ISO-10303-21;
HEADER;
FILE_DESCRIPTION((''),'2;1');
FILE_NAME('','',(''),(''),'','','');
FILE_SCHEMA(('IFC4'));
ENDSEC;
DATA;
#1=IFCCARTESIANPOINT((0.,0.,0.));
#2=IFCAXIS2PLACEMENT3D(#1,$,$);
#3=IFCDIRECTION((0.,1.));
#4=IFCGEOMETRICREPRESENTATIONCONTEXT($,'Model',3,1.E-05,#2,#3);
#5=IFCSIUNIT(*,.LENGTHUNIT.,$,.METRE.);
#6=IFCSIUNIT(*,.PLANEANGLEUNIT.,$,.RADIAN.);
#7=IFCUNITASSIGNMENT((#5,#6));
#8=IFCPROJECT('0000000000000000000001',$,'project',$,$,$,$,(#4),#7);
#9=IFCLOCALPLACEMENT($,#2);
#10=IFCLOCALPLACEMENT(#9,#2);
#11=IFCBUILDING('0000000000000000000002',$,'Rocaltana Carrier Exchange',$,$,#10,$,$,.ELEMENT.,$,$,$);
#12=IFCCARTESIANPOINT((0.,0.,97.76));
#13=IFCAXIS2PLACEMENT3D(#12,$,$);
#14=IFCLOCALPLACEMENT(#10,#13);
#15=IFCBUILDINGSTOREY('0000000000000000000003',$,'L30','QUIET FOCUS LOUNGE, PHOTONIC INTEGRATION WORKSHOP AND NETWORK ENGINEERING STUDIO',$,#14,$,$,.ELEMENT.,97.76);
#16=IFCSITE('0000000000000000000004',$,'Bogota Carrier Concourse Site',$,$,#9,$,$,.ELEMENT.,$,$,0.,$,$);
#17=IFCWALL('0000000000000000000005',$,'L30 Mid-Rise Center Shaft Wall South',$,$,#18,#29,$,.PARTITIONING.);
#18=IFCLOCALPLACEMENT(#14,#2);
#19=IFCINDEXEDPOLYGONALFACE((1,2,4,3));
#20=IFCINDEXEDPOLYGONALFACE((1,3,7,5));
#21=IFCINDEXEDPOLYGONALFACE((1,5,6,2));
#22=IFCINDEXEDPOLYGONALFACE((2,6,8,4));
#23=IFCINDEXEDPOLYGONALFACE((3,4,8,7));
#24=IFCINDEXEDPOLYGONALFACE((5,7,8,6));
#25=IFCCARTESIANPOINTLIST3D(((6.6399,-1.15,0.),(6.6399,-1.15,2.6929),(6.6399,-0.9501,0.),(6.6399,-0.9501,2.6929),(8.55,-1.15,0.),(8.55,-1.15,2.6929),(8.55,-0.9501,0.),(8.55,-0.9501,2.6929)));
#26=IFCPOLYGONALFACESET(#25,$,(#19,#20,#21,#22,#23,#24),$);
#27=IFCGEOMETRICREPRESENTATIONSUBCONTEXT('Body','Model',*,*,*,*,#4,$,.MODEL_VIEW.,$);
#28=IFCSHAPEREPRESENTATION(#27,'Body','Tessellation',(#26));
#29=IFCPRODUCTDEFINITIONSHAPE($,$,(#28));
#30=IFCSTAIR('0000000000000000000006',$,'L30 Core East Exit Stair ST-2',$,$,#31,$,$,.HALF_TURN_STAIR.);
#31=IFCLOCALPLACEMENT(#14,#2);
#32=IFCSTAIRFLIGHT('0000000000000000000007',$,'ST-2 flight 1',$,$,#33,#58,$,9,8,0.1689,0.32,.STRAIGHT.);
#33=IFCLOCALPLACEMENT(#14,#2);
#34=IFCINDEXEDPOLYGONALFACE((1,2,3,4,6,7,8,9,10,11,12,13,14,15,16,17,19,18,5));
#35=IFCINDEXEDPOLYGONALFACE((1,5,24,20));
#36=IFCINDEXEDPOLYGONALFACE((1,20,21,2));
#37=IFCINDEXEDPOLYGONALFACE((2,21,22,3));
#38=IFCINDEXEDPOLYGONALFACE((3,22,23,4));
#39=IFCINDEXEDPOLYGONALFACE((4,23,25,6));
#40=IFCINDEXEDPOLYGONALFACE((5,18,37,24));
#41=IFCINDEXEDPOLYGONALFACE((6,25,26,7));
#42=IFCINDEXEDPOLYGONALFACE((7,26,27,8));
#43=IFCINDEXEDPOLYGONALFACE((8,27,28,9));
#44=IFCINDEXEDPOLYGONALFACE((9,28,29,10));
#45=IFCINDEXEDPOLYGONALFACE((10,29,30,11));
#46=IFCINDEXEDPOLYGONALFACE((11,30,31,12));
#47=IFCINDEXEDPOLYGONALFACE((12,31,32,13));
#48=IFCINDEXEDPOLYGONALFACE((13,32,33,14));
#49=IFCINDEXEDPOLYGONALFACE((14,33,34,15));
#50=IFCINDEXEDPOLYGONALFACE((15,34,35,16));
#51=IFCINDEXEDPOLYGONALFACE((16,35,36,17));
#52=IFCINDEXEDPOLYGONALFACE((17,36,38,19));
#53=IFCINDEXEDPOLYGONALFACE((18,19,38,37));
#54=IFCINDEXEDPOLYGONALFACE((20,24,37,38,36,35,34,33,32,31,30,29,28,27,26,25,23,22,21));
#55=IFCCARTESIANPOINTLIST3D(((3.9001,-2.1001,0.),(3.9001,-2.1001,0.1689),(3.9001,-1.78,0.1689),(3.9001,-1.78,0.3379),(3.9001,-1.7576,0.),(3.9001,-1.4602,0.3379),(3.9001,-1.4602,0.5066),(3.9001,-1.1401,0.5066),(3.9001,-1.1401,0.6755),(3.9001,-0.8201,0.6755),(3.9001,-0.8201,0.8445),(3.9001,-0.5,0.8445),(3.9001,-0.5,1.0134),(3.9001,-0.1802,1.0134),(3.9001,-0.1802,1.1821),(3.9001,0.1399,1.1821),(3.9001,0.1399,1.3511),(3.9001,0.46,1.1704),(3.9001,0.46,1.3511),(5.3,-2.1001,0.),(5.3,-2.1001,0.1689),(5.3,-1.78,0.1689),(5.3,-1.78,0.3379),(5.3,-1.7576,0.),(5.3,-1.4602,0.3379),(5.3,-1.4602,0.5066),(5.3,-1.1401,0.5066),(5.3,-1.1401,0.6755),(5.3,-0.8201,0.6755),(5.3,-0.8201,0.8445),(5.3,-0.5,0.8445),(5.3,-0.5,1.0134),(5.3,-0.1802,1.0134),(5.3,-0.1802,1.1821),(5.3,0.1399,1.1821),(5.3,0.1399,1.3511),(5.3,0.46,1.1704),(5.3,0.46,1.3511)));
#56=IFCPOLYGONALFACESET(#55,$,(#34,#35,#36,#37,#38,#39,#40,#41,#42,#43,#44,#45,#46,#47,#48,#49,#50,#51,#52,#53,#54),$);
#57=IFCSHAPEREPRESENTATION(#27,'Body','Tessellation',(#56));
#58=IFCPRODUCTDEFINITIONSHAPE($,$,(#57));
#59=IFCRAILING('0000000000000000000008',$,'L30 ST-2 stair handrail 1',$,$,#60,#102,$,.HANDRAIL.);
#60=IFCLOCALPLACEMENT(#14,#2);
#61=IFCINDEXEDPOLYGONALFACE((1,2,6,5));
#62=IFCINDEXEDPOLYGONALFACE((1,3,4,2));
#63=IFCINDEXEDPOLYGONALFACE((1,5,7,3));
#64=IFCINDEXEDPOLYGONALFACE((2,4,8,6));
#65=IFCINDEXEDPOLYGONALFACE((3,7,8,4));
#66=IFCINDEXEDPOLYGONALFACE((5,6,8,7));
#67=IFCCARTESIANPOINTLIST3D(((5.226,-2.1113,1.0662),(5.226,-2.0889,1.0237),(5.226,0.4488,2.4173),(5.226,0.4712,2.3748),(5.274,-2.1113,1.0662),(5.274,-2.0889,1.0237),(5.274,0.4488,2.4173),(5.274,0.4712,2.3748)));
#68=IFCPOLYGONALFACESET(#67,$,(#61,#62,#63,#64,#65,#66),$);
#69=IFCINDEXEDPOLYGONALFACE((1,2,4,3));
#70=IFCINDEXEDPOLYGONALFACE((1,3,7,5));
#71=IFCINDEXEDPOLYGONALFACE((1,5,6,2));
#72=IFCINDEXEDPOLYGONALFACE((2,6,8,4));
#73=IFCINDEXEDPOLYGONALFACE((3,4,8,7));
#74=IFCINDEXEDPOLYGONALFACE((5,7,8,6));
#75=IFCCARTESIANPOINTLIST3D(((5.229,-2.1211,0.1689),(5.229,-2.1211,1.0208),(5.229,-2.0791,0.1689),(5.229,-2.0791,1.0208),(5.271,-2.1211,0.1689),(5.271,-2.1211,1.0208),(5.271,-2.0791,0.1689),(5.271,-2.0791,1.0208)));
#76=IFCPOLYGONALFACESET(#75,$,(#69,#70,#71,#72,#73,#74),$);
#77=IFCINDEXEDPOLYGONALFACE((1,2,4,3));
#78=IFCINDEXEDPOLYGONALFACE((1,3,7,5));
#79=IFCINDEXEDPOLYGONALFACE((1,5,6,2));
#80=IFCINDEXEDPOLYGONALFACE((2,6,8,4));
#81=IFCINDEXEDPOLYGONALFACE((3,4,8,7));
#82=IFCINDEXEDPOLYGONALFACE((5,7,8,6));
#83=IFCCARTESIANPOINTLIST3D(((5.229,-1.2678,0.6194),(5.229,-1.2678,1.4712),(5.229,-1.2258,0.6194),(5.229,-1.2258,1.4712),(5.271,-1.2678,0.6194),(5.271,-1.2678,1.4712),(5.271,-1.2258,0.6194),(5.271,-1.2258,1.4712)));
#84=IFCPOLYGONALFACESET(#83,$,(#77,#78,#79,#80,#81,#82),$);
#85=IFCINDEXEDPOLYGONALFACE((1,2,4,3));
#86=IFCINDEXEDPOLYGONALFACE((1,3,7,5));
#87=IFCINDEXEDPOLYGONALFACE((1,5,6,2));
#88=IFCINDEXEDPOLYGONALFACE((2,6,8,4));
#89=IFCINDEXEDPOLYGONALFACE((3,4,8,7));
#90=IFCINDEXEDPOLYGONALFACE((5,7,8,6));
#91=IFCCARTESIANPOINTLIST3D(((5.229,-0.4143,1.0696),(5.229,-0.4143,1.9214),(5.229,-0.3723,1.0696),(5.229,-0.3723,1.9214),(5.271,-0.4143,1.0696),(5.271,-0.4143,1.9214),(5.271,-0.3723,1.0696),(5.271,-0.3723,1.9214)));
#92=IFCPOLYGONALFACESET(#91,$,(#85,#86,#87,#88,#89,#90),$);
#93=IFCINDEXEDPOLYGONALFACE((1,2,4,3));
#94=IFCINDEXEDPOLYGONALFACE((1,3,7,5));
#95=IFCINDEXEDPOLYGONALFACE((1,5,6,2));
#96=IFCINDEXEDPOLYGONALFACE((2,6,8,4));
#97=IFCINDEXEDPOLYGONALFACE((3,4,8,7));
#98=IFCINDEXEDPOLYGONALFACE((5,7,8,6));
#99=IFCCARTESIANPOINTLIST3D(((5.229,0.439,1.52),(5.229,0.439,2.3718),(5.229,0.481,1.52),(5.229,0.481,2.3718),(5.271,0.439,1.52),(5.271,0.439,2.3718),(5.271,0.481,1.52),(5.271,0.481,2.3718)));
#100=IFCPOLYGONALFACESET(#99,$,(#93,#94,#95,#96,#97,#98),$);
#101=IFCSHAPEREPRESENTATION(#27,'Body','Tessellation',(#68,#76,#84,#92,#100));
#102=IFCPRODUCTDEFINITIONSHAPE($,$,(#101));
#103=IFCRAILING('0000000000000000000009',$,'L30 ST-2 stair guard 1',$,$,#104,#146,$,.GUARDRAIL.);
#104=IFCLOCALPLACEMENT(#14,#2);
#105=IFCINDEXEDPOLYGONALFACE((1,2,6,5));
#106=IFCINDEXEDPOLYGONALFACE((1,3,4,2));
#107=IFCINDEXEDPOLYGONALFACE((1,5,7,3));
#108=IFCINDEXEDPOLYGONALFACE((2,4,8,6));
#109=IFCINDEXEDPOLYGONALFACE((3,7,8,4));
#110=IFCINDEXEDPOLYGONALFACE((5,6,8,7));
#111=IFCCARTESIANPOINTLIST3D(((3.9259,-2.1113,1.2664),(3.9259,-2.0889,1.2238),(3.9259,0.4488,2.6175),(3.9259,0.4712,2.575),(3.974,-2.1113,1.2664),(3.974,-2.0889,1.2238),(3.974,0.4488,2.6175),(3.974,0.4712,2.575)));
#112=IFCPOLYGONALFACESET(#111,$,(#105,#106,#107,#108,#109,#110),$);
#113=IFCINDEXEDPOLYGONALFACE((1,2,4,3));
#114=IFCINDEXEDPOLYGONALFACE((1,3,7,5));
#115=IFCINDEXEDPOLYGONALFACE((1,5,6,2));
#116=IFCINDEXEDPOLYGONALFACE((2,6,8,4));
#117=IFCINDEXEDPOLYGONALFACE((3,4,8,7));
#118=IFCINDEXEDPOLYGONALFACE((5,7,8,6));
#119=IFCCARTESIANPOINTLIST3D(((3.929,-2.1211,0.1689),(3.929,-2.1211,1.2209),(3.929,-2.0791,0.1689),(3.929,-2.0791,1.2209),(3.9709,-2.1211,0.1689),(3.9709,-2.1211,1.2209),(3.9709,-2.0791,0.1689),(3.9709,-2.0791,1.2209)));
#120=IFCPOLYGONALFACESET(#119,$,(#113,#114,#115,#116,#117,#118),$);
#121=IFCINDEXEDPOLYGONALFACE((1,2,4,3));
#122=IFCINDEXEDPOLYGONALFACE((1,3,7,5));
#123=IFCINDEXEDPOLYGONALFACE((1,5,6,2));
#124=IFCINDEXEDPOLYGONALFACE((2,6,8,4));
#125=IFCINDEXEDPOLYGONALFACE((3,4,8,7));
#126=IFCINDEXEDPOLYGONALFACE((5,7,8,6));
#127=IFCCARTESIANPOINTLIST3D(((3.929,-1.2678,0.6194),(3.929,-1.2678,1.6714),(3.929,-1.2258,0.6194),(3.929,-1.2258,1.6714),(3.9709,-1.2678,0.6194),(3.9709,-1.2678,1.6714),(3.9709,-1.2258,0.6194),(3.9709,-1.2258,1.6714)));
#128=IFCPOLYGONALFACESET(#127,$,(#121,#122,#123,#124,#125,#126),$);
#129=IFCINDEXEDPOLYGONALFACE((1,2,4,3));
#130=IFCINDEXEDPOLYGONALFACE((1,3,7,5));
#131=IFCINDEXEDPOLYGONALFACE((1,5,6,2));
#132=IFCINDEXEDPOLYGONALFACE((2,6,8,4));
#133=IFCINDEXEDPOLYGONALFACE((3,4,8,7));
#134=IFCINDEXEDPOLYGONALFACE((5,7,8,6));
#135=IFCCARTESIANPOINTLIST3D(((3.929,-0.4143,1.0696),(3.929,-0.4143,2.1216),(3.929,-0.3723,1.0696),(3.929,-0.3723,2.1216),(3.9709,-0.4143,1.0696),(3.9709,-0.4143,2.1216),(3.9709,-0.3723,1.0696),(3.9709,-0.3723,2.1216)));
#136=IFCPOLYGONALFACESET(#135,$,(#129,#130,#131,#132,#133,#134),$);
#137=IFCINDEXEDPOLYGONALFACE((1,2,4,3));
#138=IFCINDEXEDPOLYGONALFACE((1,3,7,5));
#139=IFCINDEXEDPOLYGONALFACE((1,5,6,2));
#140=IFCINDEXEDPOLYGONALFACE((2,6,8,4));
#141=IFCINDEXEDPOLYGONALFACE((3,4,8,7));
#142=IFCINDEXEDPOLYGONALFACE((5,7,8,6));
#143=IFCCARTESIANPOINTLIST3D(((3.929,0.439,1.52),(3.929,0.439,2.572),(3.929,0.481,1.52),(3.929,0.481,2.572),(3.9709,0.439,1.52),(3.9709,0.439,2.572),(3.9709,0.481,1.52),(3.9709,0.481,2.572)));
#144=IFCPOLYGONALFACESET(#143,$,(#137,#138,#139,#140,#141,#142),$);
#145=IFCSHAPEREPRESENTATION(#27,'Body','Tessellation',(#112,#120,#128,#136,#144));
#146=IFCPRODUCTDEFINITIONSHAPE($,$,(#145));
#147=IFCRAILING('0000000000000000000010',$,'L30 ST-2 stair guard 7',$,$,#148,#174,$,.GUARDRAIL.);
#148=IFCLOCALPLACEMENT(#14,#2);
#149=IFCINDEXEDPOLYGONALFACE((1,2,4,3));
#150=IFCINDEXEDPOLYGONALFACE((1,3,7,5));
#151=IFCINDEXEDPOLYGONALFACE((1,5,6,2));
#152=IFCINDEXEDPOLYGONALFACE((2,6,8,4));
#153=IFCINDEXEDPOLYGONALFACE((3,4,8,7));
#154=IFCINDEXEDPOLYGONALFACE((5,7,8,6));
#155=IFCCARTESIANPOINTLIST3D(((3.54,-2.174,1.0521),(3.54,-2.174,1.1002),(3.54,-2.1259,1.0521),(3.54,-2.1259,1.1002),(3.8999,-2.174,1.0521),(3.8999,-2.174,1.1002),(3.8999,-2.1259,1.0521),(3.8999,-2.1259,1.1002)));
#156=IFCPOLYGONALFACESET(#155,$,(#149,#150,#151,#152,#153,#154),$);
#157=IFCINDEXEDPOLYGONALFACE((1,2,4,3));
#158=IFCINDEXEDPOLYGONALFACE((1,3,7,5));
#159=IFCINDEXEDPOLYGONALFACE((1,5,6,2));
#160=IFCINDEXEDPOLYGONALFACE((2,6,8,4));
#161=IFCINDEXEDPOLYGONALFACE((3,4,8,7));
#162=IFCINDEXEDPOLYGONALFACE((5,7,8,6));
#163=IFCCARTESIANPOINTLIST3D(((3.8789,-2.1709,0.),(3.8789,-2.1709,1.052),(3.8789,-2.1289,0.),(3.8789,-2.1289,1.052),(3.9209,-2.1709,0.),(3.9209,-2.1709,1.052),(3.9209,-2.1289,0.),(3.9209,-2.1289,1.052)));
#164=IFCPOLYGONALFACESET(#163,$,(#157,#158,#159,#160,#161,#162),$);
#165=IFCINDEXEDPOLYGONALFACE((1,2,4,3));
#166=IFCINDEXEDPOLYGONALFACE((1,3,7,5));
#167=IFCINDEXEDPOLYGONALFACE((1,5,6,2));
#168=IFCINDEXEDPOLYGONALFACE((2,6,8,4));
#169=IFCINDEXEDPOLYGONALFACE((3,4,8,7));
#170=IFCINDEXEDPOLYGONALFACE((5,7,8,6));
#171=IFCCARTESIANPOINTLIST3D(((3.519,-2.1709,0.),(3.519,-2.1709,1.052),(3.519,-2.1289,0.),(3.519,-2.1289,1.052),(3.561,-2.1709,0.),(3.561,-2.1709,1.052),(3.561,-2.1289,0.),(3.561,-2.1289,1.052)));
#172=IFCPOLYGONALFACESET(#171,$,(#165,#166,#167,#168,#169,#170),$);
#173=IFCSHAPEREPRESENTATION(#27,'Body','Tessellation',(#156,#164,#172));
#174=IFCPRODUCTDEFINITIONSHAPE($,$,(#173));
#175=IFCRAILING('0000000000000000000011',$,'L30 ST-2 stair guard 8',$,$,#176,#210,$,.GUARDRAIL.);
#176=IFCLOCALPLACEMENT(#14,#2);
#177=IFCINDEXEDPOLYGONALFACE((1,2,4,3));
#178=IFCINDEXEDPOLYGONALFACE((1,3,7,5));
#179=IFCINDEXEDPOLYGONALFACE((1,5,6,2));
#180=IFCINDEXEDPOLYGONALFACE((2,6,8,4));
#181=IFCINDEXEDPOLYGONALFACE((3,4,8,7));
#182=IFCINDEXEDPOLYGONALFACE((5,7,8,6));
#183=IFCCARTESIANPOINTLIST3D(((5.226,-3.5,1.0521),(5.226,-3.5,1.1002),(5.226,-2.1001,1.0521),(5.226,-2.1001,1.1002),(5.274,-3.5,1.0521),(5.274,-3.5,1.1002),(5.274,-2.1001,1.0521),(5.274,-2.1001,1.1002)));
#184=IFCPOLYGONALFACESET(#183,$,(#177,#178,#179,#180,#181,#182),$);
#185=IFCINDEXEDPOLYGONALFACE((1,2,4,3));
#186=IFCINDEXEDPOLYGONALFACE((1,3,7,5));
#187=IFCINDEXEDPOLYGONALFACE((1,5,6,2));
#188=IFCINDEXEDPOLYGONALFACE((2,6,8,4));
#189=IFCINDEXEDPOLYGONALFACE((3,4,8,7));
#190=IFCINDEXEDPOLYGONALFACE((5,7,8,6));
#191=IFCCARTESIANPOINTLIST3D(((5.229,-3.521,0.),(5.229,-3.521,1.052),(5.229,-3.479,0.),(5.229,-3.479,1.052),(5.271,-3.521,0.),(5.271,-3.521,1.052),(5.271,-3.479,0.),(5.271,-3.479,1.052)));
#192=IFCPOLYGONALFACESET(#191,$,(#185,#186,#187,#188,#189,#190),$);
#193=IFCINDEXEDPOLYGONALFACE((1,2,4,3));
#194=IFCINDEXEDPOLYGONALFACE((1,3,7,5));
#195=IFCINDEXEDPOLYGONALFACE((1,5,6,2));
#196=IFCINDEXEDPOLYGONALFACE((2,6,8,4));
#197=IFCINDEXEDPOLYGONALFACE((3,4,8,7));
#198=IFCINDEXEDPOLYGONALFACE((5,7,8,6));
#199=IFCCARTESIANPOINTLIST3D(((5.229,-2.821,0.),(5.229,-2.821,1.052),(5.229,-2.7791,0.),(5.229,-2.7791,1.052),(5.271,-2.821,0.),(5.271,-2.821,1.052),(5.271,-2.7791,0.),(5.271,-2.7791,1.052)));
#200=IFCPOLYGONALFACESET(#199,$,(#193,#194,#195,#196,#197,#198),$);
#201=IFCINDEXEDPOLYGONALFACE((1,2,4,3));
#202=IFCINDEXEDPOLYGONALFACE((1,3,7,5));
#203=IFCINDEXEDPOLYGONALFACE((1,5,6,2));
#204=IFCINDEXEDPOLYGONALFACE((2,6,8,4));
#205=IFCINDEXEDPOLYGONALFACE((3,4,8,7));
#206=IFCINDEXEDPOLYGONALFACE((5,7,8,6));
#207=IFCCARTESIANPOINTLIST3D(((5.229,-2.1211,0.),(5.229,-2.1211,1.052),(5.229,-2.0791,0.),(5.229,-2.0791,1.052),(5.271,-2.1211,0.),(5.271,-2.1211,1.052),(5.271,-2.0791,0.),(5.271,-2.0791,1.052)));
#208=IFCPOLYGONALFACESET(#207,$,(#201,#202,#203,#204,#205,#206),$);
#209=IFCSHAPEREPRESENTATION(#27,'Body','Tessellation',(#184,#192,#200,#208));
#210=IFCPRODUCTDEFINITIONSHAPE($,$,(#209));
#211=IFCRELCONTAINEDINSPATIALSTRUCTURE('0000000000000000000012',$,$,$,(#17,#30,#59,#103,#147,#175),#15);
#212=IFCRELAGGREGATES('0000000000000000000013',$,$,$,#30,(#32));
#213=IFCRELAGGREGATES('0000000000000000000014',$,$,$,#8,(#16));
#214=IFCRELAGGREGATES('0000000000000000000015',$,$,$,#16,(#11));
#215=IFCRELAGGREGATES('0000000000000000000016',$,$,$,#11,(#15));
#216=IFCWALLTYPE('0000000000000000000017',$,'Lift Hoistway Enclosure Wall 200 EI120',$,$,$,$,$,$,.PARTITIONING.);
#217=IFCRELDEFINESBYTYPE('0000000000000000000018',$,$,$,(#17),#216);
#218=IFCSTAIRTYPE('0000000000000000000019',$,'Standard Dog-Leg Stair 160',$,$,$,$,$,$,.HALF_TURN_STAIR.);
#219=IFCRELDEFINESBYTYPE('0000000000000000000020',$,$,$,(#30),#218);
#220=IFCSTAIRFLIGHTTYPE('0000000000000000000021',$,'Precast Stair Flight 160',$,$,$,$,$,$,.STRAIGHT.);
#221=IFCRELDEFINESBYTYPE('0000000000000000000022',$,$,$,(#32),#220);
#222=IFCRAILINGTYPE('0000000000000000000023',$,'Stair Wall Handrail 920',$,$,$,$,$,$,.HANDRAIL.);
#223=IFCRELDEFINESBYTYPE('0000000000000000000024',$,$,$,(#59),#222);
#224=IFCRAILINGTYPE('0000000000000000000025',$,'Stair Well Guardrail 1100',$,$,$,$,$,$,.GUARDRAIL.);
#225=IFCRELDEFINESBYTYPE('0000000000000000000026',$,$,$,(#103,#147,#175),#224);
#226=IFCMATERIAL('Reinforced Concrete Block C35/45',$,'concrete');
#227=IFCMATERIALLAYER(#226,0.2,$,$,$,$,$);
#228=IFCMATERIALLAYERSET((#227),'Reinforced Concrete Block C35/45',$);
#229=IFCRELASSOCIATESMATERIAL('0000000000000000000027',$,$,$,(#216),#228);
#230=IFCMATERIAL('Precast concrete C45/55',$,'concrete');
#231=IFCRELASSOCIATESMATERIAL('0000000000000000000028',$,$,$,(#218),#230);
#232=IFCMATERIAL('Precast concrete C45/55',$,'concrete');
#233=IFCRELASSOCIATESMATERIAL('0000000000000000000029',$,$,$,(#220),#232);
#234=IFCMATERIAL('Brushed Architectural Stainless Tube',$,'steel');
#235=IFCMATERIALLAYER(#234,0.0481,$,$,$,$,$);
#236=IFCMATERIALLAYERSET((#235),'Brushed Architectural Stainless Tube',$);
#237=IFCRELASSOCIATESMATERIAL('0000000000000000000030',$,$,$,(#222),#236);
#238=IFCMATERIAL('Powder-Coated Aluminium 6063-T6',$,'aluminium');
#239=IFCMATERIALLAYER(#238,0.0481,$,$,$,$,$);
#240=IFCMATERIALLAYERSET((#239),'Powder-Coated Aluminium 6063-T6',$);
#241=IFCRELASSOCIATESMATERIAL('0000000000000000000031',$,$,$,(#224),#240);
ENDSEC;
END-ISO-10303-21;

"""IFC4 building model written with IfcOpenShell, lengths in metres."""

from ifc_helpers import new_model, si_unit, direction, frame, frame_2d, origin, origin_2d, place, context, subcontext, project, spatial, polyline, rectangle, outline, extrude, material, layer, layer_set, type_object, element, aggregate, save


model = new_model("IFC4")

# Units and contexts
model_context = context("Model", 3, precision=1e-05, world=origin(), true_north=direction((0.0, 1.0)))
body_context = subcontext(model_context, "Body", "Model", "MODEL_VIEW")
ifc_project = project(units=[si_unit("LENGTHUNIT", "METRE"), si_unit("PLANEANGLEUNIT", "RADIAN")], contexts=[model_context])

# Site, building, storey
site_placement = place(None, origin())
site = spatial("IfcSite", under=ifc_project, at=site_placement, Name="Bogota Carrier Concourse Site", CompositionType="ELEMENT", RefElevation=0.0)
building_placement = place(site_placement, origin())
building = spatial("IfcBuilding", under=site, at=building_placement, Name="Rocaltana Carrier Exchange", CompositionType="ELEMENT")
storey_placement = place(building_placement, frame((0.0, 0.0, 97.76)))
storey = spatial("IfcBuildingStorey", under=building, at=storey_placement, Name="L30", Description="QUIET FOCUS LOUNGE, PHOTONIC INTEGRATION WORKSHOP AND NETWORK ENGINEERING STUDIO", CompositionType="ELEMENT", Elevation=97.76)

# Wall
ifc_material_1 = material(Name="Reinforced Concrete Block C35/45", Category="concrete")
ifc_layer_1 = layer(ifc_material_1, 0.2)
ifc_layer_set_1 = layer_set([ifc_layer_1], Name="Reinforced Concrete Block C35/45")
wall_type_1 = type_object("IfcWallType", Name="Lift Hoistway Enclosure Wall 200 EI120", PredefinedType="PARTITIONING", material=ifc_layer_set_1)
wall_1_placement = place(storey_placement, frame((6.6399, -1.05, 0.0), z_axis=(0.0, 0.0, 1.0), x_axis=(1.0, 0.0, 0.0)))
element("IfcWall", 1, at=wall_1_placement, inside=storey, type_object=wall_type_1, Name="L30 Mid-Rise Center Shaft Wall South", PredefinedType="PARTITIONING", context=body_context, shape_type="SweptSolid", body=[
    extrude(rectangle(XDim=1.9102, YDim=0.2, at=frame_2d((0.9551, 0.0))), origin(), (0.0, 0.0, 1.0), 2.6929),
])

# Stair, stair flight
ifc_material_2 = material(Name="Precast concrete C45/55", Category="concrete")
stair_type = type_object("IfcStairType", Name="Standard Dog-Leg Stair 160", PredefinedType="HALF_TURN_STAIR", material=ifc_material_2)
stair_placement = place(storey_placement, origin())
stair = element("IfcStair", 2, at=stair_placement, inside=storey, type_object=stair_type, Name="L30 Core East Exit Stair ST-2", PredefinedType="HALF_TURN_STAIR")
ifc_material_3 = material(Name="Precast concrete C45/55", Category="concrete")
stair_flight_type = type_object("IfcStairFlightType", Name="Precast Stair Flight 160", PredefinedType="STRAIGHT", material=ifc_material_3)
stair_flight_placement = place(storey_placement, frame((4.6001, -2.1001, 0.0), z_axis=(0.0, 0.0, 1.0), x_axis=(0.0, 1.0, 0.0)))
stair_flight = element("IfcStairFlight", 3, at=stair_flight_placement, type_object=stair_flight_type, Name="ST-2 flight 1", NumberOfRisers=9, NumberOfTreads=8, PredefinedType="STRAIGHT", RiserHeight=0.1689, TreadLength=0.32, context=body_context, shape_type="SweptSolid", body=[
    extrude(outline(polyline([(0.0, 0.0), (0.0, 0.1689), (0.3201, 0.1689), (0.3201, 0.3379), (0.6399, 0.3379), (0.6399, 0.5066), (0.96, 0.5066), (0.96, 0.6755), (1.28, 0.6755), (1.28, 0.8445), (1.6001, 0.8445), (1.6001, 1.0134), (1.9199, 1.0134), (1.9199, 1.1821), (2.24, 1.1821), (2.24, 1.3511), (2.5601, 1.3511), (2.5601, 1.52), (2.5601, 1.1704), (0.3425, 0.0), (0.0, 0.0)])), frame((0.0, 0.7, 0.0), z_axis=(0.0, -1.0, 0.0), x_axis=(1.0, 0.0, 0.0)), (0.0, 0.0, 1.0), 1.3999),
])
aggregate(stair, [stair_flight])

# Railings
ifc_material_4 = material(Name="Brushed Architectural Stainless Tube", Category="steel")
ifc_layer_2 = layer(ifc_material_4, 0.0481)
ifc_layer_set_2 = layer_set([ifc_layer_2], Name="Brushed Architectural Stainless Tube")
railing_type_1 = type_object("IfcRailingType", Name="Stair Wall Handrail 920", PredefinedType="HANDRAIL", material=ifc_layer_set_2)
railing_1_placement = place(storey_placement, frame((5.25, -2.1001, 0.1689)))
element("IfcRailing", 4, at=railing_1_placement, inside=storey, type_object=railing_type_1, Name="L30 ST-2 stair handrail 1", PredefinedType="HANDRAIL", context=body_context, shape_type="SweptSolid", body=[
    extrude(rectangle(XDim=0.0481, YDim=0.0481, at=origin_2d()), frame((0.0, 0.0, 0.876), z_axis=(0.0, 0.884394, 0.46674), x_axis=(-1.0, 0.0, 0.0)), (0.0, 0.0, 1.0), 2.8948),
    extrude(rectangle(XDim=0.042, YDim=0.042, at=origin_2d()), origin(), (0.0, 0.0, 1.0), 0.8518),
    extrude(rectangle(XDim=0.042, YDim=0.042, at=origin_2d()), frame((0.0, 0.8533, 0.4504)), (0.0, 0.0, 1.0), 0.8518),
    extrude(rectangle(XDim=0.042, YDim=0.042, at=origin_2d()), frame((0.0, 1.7068, 0.9006)), (0.0, 0.0, 1.0), 0.8518),
    extrude(rectangle(XDim=0.042, YDim=0.042, at=origin_2d()), frame((0.0, 2.5601, 1.3511)), (0.0, 0.0, 1.0), 0.8518),
])
ifc_material_5 = material(Name="Powder-Coated Aluminium 6063-T6", Category="aluminium")
ifc_layer_3 = layer(ifc_material_5, 0.0481)
ifc_layer_set_3 = layer_set([ifc_layer_3], Name="Powder-Coated Aluminium 6063-T6")
railing_type_2 = type_object("IfcRailingType", Name="Stair Well Guardrail 1100", PredefinedType="GUARDRAIL", material=ifc_layer_set_3)
railing_2_placement = place(storey_placement, frame((3.95, -2.1001, 0.1689)))
element("IfcRailing", 5, at=railing_2_placement, inside=storey, type_object=railing_type_2, Name="L30 ST-2 stair guard 1", PredefinedType="GUARDRAIL", context=body_context, shape_type="SweptSolid", body=[
    extrude(rectangle(XDim=0.0481, YDim=0.0481, at=origin_2d()), frame((0.0, 0.0, 1.0762), z_axis=(0.0, 0.884394, 0.46674), x_axis=(-1.0, 0.0, 0.0)), (0.0, 0.0, 1.0), 2.8948),
    extrude(rectangle(XDim=0.042, YDim=0.042, at=origin_2d()), origin(), (0.0, 0.0, 1.0), 1.052),
    extrude(rectangle(XDim=0.042, YDim=0.042, at=origin_2d()), frame((0.0, 0.8533, 0.4504)), (0.0, 0.0, 1.0), 1.052),
    extrude(rectangle(XDim=0.042, YDim=0.042, at=origin_2d()), frame((0.0, 1.7068, 0.9006)), (0.0, 0.0, 1.0), 1.052),
    extrude(rectangle(XDim=0.042, YDim=0.042, at=origin_2d()), frame((0.0, 2.5601, 1.3511)), (0.0, 0.0, 1.0), 1.052),
])
railing_3_placement = place(storey_placement, frame((3.8999, -2.1499, 0.0)))
element("IfcRailing", 6, at=railing_3_placement, inside=storey, type_object=railing_type_2, Name="L30 ST-2 stair guard 7", PredefinedType="GUARDRAIL", context=body_context, shape_type="SweptSolid", body=[
    extrude(rectangle(XDim=0.0481, YDim=0.0481, at=origin_2d()), frame((0.0, 0.0, 1.0762), z_axis=(-1.0, 0.0, 0.0), x_axis=(0.0, -1.0, 0.0)), (0.0, 0.0, 1.0), 0.3599),
    extrude(rectangle(XDim=0.042, YDim=0.042, at=origin_2d()), origin(), (0.0, 0.0, 1.0), 1.052),
    extrude(rectangle(XDim=0.042, YDim=0.042, at=origin_2d()), frame((-0.3599, 0.0, 0.0)), (0.0, 0.0, 1.0), 1.052),
])
for number, where, name in (
    (7, (5.25, -3.5, 0.0), "L30 ST-2 stair guard 8"),
):
    element("IfcRailing", number, at=place(storey_placement, frame(where)), inside=storey, type_object=railing_type_2, Name=name, PredefinedType="GUARDRAIL", context=body_context, shape_type="SweptSolid", body=[
        extrude(rectangle(XDim=0.0481, YDim=0.0481, at=origin_2d()), frame((0.0, 0.0, 1.0762), z_axis=(0.0, 1.0, 0.0), x_axis=(-1.0, 0.0, 0.0)), (0.0, 0.0, 1.0), 1.3999),
        extrude(rectangle(XDim=0.042, YDim=0.042, at=origin_2d()), origin(), (0.0, 0.0, 1.0), 1.052),
        extrude(rectangle(XDim=0.042, YDim=0.042, at=origin_2d()), frame((0.0, 0.7, 0.0)), (0.0, 0.0, 1.0), 1.052),
        extrude(rectangle(XDim=0.042, YDim=0.042, at=origin_2d()), frame((0.0, 1.3999, 0.0)), (0.0, 0.0, 1.0), 1.052),
    ])

save(model, "model.ifc")
